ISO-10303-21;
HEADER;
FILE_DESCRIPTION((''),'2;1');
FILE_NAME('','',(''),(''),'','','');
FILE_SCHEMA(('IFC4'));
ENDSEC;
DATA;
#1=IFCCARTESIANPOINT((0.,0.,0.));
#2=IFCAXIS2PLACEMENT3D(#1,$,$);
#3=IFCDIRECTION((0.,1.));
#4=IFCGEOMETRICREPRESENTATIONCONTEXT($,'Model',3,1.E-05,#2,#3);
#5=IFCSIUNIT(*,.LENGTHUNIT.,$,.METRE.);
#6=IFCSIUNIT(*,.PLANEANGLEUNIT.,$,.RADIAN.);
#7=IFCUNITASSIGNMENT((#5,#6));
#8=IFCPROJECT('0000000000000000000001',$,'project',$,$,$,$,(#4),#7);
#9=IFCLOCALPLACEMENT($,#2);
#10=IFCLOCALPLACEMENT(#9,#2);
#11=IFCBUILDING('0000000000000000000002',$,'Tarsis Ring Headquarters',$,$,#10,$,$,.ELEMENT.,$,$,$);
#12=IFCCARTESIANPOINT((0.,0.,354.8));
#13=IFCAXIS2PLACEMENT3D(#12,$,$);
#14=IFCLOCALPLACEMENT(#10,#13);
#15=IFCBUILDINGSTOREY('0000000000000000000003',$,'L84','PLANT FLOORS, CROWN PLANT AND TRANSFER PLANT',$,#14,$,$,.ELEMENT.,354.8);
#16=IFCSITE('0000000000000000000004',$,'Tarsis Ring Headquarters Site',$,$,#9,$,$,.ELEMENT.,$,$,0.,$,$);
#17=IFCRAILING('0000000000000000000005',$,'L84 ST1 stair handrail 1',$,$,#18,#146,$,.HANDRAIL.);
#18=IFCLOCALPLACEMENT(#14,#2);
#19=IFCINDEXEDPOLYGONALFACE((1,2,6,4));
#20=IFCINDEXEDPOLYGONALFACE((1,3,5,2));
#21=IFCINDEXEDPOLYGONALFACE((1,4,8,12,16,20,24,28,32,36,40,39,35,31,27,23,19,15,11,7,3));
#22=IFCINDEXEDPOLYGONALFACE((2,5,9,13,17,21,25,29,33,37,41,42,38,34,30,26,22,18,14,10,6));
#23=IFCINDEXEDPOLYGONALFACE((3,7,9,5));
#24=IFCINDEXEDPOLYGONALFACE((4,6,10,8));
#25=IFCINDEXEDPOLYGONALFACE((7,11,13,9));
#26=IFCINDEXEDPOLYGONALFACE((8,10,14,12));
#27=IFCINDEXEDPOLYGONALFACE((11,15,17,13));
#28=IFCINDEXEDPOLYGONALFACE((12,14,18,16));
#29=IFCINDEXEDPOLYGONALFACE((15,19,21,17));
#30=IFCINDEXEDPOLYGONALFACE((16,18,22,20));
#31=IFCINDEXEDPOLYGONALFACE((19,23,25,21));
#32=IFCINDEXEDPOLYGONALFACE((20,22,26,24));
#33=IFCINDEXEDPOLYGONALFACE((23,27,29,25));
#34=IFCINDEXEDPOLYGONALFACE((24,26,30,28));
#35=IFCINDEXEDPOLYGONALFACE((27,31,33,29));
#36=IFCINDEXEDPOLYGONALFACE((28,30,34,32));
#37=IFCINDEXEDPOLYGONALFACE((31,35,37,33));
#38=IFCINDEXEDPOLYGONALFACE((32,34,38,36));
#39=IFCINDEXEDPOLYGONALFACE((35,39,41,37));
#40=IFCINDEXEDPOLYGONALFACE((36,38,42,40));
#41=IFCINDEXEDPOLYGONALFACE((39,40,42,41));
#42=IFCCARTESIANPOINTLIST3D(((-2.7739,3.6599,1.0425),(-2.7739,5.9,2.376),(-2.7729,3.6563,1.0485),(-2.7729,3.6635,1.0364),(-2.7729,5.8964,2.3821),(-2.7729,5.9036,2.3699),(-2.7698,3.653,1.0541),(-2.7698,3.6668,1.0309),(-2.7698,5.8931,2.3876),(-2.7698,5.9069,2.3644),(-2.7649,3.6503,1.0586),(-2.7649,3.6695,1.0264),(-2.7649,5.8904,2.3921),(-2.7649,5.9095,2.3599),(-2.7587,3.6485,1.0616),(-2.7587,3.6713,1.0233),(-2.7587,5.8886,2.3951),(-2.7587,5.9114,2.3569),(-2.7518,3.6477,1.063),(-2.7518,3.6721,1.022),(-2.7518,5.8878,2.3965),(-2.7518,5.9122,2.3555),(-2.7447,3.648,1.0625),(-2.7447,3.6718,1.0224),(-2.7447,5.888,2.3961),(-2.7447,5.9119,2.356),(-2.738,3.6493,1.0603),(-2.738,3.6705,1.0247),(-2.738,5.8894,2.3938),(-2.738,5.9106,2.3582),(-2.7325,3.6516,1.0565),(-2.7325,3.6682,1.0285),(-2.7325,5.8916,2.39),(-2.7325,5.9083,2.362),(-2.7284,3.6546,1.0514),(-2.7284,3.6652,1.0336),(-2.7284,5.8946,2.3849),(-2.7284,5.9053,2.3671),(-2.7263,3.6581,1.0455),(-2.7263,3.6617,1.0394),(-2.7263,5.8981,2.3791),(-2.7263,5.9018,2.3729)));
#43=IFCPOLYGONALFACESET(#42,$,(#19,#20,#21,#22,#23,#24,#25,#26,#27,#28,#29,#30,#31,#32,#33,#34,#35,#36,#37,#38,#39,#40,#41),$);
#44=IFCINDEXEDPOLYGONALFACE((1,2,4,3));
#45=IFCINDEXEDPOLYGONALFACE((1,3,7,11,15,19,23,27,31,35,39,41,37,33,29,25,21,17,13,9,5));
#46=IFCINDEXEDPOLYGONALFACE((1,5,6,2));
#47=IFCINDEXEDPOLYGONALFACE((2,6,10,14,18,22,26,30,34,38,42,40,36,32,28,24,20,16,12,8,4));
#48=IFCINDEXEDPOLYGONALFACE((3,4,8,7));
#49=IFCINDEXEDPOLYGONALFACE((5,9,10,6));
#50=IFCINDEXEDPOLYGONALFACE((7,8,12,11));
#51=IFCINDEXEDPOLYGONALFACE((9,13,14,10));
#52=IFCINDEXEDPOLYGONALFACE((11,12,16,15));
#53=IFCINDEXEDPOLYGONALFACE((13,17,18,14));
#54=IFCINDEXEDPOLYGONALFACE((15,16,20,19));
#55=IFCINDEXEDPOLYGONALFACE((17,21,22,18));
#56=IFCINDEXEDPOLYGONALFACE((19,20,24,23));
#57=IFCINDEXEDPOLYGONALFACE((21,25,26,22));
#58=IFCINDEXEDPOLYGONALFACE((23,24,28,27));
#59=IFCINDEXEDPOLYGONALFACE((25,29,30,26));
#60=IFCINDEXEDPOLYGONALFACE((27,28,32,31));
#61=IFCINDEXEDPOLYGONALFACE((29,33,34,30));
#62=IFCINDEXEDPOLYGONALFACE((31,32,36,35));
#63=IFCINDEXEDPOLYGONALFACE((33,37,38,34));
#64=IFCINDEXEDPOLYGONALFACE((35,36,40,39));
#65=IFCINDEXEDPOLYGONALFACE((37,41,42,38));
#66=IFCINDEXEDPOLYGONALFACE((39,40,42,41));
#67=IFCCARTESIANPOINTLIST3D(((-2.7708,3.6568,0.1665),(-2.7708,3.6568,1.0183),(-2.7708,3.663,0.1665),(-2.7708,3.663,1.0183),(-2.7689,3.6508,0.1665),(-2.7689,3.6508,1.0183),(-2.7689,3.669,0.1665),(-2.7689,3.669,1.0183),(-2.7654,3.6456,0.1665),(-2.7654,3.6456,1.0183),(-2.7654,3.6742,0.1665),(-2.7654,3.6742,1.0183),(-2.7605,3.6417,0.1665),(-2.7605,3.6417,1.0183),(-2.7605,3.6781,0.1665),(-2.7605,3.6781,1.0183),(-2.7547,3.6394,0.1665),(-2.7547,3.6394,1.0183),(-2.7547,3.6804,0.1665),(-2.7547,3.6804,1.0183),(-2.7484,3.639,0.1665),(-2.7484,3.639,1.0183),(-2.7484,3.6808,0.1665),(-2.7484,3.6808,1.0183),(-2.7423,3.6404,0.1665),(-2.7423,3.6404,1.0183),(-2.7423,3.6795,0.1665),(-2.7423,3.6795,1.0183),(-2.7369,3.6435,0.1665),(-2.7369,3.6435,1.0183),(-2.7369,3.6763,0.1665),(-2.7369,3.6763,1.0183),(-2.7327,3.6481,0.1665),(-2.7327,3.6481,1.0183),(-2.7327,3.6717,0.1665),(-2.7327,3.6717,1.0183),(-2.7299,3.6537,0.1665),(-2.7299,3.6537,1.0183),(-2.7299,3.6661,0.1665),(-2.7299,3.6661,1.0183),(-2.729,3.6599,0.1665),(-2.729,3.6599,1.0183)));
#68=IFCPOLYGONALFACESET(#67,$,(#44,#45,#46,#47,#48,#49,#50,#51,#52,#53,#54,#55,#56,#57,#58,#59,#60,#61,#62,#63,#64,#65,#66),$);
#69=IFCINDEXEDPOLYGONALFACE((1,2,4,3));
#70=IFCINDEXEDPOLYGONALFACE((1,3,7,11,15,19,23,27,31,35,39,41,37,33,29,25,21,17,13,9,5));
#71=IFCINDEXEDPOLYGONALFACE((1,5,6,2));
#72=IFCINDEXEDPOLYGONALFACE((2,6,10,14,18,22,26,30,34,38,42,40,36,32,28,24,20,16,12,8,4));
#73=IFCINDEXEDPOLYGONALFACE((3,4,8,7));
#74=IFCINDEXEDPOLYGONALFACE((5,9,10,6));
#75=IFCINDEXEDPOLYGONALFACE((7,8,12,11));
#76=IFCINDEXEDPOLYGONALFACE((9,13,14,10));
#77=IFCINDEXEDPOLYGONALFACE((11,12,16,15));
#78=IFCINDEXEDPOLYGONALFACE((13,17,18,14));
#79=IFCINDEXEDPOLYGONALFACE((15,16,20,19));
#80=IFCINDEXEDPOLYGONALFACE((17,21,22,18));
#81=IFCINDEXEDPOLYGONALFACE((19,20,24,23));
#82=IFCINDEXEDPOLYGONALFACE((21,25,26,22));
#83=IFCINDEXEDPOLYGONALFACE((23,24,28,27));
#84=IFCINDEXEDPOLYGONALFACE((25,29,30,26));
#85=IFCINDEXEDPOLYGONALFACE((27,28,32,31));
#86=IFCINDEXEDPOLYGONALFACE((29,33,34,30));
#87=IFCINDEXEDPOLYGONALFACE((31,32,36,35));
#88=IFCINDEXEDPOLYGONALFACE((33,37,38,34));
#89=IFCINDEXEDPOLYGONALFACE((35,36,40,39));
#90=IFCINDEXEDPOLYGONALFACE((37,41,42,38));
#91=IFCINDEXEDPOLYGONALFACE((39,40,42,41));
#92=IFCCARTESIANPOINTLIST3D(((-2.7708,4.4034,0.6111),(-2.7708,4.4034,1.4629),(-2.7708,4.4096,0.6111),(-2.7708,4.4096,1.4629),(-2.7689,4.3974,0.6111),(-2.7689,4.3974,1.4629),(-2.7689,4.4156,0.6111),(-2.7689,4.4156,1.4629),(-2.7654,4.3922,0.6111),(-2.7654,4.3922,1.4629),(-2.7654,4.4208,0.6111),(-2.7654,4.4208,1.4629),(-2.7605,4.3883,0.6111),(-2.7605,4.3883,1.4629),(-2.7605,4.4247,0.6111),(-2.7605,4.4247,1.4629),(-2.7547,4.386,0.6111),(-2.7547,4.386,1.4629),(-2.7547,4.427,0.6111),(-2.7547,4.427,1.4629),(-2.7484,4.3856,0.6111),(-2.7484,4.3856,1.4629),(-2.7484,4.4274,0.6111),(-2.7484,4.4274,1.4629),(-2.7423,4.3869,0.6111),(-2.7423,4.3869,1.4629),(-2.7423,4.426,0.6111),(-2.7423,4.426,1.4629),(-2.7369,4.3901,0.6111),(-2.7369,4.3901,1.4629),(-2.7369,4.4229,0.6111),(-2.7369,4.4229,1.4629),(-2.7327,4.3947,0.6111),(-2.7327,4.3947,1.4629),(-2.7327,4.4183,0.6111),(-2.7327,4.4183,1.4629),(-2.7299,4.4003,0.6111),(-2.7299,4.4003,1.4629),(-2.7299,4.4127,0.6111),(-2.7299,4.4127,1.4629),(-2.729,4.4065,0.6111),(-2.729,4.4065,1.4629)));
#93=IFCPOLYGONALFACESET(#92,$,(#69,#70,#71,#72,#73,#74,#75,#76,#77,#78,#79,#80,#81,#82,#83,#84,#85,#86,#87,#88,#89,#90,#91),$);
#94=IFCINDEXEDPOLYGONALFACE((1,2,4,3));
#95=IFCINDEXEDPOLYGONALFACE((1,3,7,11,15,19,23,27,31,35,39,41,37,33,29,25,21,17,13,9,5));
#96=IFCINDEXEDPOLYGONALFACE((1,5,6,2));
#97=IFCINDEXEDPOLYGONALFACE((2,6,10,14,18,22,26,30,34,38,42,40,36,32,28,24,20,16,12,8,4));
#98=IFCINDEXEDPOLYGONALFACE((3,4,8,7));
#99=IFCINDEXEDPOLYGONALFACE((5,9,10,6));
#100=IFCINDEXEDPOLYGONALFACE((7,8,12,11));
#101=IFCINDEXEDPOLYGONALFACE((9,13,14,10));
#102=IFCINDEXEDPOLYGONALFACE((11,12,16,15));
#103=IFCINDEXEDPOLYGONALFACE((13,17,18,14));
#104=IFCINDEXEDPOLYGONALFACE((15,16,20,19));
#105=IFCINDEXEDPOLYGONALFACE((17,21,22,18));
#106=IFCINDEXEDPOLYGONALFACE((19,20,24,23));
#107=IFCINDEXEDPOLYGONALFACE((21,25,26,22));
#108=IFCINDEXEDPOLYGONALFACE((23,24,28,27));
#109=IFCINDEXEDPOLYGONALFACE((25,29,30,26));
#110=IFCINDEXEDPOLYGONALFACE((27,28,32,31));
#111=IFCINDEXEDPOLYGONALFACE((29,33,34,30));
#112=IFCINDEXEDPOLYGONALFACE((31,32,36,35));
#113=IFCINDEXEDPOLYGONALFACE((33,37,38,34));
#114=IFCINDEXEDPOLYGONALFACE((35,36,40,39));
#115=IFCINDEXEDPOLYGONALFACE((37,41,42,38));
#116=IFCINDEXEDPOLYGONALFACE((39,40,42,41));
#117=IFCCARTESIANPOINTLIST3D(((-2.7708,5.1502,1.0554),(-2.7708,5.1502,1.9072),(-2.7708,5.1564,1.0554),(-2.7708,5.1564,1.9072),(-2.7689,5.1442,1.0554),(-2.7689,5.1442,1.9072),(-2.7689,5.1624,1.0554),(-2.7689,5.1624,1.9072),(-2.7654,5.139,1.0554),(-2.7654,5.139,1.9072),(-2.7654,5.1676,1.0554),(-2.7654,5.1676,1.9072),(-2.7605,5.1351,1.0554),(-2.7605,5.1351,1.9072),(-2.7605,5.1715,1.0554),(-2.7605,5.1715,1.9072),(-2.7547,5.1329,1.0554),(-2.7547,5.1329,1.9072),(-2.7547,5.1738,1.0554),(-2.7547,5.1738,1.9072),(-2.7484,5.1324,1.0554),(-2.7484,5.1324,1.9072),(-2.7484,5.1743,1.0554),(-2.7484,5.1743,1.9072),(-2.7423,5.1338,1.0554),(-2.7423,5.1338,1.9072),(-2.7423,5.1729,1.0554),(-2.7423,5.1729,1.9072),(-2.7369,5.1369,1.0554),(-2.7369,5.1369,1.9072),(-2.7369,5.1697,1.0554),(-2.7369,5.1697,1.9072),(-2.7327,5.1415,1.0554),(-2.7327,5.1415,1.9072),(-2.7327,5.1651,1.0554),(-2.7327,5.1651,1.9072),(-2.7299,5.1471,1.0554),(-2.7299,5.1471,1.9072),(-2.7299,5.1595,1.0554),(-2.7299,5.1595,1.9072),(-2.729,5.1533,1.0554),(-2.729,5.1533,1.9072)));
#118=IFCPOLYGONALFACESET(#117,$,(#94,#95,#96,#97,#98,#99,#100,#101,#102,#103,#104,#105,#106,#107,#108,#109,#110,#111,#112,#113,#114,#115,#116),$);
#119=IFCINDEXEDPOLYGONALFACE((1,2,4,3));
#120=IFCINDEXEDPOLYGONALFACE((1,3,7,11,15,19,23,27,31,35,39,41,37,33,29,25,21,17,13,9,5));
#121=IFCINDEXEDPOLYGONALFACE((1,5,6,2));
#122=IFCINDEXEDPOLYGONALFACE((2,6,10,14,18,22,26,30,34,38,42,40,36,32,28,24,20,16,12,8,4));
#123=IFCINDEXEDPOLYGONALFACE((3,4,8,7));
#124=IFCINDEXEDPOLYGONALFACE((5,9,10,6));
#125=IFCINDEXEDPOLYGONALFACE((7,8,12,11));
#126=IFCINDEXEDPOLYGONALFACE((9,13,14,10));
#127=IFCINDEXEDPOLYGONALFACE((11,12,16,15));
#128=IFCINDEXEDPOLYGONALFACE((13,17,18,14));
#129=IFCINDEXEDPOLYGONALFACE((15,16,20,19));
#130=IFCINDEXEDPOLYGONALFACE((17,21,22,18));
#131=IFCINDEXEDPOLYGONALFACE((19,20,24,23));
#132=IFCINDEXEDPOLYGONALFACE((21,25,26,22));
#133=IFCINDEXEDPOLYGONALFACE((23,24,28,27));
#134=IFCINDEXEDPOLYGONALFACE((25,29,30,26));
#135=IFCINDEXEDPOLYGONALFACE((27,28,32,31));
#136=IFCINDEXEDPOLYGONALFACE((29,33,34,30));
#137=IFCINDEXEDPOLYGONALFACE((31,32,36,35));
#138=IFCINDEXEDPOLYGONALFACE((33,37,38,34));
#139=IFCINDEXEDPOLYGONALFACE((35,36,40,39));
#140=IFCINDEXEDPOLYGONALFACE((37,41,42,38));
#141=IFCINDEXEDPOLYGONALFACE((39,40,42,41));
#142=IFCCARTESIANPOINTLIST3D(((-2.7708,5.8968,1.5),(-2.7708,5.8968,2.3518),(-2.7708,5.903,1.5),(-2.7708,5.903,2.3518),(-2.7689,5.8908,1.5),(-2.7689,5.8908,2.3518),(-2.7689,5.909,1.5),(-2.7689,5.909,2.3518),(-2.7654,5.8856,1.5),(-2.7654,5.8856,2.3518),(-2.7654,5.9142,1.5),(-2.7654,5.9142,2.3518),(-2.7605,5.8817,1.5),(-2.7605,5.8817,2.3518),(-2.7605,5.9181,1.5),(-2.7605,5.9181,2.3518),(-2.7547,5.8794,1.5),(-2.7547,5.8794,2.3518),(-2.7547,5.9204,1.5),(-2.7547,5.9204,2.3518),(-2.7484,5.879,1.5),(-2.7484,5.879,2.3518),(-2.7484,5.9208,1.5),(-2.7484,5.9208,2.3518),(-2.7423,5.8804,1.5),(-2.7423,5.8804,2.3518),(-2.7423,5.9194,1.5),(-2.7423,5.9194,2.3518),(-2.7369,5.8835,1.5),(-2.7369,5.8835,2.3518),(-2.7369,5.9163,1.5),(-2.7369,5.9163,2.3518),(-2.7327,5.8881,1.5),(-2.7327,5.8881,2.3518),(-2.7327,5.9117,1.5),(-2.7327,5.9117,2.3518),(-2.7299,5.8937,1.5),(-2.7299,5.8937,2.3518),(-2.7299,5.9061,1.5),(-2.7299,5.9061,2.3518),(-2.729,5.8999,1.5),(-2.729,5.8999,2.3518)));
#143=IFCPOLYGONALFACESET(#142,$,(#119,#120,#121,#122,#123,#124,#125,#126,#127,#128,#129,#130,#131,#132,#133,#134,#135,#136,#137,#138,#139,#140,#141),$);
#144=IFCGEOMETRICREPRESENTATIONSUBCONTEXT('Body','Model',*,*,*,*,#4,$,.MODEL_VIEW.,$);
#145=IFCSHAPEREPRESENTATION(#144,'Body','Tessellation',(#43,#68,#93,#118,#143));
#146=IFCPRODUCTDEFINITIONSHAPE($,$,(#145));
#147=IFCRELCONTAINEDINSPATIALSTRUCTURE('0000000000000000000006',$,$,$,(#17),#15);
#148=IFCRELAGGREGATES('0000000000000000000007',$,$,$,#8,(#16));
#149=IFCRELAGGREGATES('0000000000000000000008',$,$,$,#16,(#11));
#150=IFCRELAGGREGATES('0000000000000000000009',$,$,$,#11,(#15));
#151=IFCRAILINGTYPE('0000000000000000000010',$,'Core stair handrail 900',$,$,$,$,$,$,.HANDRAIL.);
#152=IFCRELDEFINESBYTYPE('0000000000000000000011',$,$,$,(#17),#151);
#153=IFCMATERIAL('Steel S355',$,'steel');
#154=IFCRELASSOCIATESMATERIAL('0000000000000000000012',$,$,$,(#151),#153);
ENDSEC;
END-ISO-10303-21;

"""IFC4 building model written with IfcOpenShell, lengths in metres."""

from ifc_helpers import new_model, si_unit, direction, frame, origin, origin_2d, place, context, subcontext, project, spatial, circle, extrude, material, type_object, element, save


model = new_model("IFC4")

# Units and contexts
model_context = context("Model", 3, precision=1e-05, world=origin(), true_north=direction((0.0, 1.0)))
body_context = subcontext(model_context, "Body", "Model", "MODEL_VIEW")
ifc_project = project(units=[si_unit("LENGTHUNIT", "METRE"), si_unit("PLANEANGLEUNIT", "RADIAN")], contexts=[model_context])

# Site, building, storey
site_placement = place(None, origin())
site = spatial("IfcSite", under=ifc_project, at=site_placement, Name="Tarsis Ring Headquarters Site", CompositionType="ELEMENT", RefElevation=0.0)
building_placement = place(site_placement, origin())
building = spatial("IfcBuilding", under=site, at=building_placement, Name="Tarsis Ring Headquarters", CompositionType="ELEMENT")
storey_placement = place(building_placement, frame((0.0, 0.0, 354.8)))
storey = spatial("IfcBuildingStorey", under=building, at=storey_placement, Name="L84", Description="PLANT FLOORS, CROWN PLANT AND TRANSFER PLANT", CompositionType="ELEMENT", Elevation=354.8)

# Shared definitions
ifc_material_1 = material(Name="Steel S355", Category="steel")

# Railing
railing_type_1 = type_object("IfcRailingType", Name="Core stair handrail 900", PredefinedType="HANDRAIL", material=ifc_material_1)
railing_1_placement = place(storey_placement, frame((-2.75, 3.6599, 0.1665)))
element("IfcRailing", 1, at=railing_1_placement, inside=storey, type_object=railing_type_1, Name="L84 ST1 stair handrail 1", PredefinedType="HANDRAIL", context=body_context, shape_type="SweptSolid", body=[
    extrude(circle(Radius=0.0239, at=origin_2d()), frame((0.0, 0.0, 0.876), z_axis=(0.0, 0.859264, 0.511532), x_axis=(-1.0, 0.0, 0.0)), (0.0, 0.0, 1.0), 2.6069),
    extrude(circle(Radius=0.021, at=origin_2d()), origin(), (0.0, 0.0, 1.0), 0.8518),
    extrude(circle(Radius=0.021, at=origin_2d()), frame((0.0, 0.7466, 0.4446)), (0.0, 0.0, 1.0), 0.8518),
    extrude(circle(Radius=0.021, at=origin_2d()), frame((0.0, 1.4934, 0.8889)), (0.0, 0.0, 1.0), 0.8518),
    extrude(circle(Radius=0.021, at=origin_2d()), frame((0.0, 2.24, 1.3335)), (0.0, 0.0, 1.0), 0.8518),
])

save(model, "model.ifc")
